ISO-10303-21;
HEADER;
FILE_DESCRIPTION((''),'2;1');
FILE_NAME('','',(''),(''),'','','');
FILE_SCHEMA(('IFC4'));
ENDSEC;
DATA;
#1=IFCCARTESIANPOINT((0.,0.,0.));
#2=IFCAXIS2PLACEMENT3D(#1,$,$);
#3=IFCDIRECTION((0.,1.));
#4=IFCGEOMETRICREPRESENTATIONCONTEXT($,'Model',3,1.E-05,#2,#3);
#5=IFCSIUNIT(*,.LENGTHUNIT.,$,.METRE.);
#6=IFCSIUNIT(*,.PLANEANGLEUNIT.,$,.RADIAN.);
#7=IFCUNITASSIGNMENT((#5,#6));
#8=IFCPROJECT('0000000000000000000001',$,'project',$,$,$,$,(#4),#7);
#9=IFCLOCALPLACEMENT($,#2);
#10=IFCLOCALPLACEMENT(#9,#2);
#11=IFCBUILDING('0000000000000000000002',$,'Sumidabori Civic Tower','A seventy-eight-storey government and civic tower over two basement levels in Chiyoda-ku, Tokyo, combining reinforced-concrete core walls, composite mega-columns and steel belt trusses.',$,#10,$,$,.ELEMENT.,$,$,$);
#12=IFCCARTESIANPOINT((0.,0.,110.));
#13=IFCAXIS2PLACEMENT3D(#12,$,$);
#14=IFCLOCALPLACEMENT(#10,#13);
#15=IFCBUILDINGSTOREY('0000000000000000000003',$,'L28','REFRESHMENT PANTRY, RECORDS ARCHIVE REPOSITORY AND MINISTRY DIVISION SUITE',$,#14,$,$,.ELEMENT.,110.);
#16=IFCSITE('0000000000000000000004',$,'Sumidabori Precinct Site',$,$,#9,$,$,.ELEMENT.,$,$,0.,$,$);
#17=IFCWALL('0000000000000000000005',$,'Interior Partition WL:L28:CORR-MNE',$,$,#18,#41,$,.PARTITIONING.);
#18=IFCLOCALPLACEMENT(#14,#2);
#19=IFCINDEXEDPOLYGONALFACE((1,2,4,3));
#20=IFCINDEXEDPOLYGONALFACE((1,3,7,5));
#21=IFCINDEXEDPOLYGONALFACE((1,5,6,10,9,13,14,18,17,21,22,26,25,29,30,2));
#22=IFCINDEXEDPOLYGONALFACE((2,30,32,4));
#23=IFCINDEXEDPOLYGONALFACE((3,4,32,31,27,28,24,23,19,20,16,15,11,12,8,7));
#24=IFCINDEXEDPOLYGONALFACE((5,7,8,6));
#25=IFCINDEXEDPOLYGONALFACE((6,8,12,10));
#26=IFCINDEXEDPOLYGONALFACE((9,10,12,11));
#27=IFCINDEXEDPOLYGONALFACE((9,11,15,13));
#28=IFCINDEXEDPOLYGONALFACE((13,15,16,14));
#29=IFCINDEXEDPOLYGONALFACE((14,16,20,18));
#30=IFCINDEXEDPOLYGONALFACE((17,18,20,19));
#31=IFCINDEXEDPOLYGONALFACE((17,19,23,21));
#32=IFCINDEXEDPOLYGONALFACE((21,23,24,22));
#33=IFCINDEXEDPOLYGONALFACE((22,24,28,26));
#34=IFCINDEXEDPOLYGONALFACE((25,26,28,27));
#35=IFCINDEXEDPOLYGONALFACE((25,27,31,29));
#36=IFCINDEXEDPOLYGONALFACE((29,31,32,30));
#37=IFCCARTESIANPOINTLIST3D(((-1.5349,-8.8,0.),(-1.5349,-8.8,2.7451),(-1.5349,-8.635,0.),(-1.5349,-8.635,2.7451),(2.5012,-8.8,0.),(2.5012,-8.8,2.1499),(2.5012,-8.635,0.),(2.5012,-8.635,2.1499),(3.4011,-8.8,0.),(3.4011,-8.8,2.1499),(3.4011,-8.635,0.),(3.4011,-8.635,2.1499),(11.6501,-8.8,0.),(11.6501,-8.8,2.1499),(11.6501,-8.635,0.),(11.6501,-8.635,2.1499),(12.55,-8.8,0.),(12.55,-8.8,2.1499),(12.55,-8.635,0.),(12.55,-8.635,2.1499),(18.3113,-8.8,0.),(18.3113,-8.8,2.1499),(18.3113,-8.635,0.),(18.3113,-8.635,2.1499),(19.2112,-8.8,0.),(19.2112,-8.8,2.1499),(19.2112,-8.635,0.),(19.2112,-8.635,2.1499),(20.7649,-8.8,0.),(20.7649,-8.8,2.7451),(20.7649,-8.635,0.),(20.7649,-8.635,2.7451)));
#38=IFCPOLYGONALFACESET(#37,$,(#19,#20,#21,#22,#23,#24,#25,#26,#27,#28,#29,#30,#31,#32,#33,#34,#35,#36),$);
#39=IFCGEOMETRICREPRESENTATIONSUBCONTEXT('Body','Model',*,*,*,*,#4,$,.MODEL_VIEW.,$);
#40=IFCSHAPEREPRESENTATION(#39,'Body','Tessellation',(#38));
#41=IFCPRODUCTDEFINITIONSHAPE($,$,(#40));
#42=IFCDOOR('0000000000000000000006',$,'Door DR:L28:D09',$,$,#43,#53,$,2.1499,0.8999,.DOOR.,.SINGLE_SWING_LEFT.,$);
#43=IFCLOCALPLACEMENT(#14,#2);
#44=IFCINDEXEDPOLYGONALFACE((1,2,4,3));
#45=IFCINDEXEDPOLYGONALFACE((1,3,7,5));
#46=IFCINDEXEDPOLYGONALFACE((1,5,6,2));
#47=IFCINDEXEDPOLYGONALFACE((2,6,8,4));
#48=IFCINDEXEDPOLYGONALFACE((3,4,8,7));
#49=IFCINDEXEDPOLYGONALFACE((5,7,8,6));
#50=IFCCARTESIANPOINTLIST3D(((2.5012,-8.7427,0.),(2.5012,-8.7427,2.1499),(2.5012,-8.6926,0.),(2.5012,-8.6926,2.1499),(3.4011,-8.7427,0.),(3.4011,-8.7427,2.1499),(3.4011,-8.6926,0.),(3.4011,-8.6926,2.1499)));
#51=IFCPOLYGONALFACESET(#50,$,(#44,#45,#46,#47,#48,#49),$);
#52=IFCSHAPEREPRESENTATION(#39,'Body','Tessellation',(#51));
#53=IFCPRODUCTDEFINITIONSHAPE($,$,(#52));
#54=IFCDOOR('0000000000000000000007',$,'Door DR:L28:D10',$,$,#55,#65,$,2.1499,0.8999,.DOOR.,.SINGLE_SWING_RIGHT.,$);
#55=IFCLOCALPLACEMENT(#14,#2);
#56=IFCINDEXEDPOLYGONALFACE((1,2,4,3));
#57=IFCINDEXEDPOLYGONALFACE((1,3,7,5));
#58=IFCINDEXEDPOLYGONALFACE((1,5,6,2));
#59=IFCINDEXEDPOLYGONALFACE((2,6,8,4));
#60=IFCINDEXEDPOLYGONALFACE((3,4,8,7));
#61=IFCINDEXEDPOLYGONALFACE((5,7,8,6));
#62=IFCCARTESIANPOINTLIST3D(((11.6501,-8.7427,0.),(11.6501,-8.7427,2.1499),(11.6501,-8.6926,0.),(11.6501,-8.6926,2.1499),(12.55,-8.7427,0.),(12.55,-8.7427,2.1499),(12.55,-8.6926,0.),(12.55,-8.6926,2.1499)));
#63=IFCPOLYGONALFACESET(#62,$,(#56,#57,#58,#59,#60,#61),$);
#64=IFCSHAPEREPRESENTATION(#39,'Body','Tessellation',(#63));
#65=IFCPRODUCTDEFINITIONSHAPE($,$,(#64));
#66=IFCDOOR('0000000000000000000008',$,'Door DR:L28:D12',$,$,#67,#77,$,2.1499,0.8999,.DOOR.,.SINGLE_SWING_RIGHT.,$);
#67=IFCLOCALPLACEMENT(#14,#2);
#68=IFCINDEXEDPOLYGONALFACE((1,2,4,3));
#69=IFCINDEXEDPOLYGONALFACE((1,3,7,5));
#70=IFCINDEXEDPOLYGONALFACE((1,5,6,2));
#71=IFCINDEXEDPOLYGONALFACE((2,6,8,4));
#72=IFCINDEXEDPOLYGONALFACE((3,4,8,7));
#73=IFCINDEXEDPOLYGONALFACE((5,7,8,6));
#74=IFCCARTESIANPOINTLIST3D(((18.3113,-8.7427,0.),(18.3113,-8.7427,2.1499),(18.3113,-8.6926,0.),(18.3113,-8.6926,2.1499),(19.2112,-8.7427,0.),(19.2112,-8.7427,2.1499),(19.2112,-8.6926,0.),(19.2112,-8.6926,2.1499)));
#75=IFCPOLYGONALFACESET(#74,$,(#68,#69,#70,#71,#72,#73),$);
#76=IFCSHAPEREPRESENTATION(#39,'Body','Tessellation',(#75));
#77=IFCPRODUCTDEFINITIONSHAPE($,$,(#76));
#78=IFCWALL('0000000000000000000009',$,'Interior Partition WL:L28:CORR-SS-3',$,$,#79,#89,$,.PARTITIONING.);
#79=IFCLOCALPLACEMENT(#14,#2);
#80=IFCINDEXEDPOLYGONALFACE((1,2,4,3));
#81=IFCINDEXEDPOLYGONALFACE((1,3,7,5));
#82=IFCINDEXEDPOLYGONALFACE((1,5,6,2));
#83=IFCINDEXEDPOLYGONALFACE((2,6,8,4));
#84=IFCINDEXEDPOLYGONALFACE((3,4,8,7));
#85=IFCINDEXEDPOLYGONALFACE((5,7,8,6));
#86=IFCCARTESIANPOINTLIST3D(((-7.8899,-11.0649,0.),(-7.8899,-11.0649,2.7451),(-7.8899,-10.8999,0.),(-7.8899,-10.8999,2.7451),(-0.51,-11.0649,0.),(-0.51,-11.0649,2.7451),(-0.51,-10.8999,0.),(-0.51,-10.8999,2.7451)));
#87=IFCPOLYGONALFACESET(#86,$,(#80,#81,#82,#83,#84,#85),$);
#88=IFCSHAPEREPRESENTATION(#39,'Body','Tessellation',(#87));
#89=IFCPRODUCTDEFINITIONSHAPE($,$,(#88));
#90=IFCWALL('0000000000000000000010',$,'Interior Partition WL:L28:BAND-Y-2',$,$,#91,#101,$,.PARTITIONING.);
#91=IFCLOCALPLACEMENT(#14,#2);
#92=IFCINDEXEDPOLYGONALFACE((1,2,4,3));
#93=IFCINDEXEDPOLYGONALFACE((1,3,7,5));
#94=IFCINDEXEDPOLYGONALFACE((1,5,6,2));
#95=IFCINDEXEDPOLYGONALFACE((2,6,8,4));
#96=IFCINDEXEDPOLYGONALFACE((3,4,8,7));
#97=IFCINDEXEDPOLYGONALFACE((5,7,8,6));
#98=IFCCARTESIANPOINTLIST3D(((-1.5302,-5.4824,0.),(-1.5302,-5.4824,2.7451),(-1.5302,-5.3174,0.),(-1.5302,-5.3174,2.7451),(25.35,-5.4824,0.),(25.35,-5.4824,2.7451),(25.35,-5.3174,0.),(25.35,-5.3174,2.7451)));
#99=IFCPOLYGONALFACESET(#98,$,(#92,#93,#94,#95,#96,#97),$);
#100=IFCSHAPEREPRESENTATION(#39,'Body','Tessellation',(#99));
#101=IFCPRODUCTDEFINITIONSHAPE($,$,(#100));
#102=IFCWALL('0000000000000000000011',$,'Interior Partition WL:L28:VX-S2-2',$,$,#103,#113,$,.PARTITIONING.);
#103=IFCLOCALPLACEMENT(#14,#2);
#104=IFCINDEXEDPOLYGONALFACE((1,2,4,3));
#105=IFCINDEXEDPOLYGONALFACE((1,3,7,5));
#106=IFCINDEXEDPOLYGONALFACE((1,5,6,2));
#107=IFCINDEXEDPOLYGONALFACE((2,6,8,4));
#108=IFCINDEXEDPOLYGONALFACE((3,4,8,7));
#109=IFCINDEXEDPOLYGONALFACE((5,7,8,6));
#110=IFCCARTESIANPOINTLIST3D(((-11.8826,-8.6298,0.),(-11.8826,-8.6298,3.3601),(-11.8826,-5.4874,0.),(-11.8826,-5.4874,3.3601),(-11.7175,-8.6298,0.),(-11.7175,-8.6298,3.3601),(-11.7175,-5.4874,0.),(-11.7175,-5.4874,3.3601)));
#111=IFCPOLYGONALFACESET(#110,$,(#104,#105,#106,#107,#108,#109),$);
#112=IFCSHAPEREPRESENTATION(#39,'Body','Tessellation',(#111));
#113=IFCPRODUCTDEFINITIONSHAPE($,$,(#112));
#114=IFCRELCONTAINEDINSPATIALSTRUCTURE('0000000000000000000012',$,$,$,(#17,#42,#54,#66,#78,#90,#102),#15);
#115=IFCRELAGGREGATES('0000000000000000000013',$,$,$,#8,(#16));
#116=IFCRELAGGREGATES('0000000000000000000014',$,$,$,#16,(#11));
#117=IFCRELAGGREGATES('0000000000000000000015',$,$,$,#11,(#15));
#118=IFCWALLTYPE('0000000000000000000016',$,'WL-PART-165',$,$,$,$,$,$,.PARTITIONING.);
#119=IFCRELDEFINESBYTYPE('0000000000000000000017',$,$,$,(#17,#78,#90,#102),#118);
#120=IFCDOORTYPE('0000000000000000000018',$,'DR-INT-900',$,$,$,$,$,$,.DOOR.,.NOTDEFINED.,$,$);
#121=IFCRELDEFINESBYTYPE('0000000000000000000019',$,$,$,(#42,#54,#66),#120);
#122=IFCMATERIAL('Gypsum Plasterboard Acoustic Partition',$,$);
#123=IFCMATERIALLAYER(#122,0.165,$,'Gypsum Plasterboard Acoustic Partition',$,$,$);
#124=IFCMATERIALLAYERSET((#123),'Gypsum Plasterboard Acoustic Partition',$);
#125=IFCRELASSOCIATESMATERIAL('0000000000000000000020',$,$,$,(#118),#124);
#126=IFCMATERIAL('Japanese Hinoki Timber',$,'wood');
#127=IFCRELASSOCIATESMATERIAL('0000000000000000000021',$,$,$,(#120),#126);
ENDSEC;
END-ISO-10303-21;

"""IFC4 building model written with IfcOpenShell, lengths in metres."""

from ifc_helpers import new_model, si_unit, direction, frame, frame_2d, origin, place, context, subcontext, project, spatial, rectangle, extrude, source, transform, mapped, material, layer, layer_set, type_object, element, fill, save


model = new_model("IFC4")

# Units and contexts
model_context = context("Model", 3, precision=1e-05, world=origin(), true_north=direction((0.0, 1.0)))
body_context = subcontext(model_context, "Body", "Model", "MODEL_VIEW")
ifc_project = project(units=[si_unit("LENGTHUNIT", "METRE"), si_unit("PLANEANGLEUNIT", "RADIAN")], contexts=[model_context])

# Site, building, storey
site_placement = place(None, origin())
site = spatial("IfcSite", under=ifc_project, at=site_placement, Name="Sumidabori Precinct Site", CompositionType="ELEMENT", RefElevation=0.0)
building_placement = place(site_placement, origin())
building = spatial("IfcBuilding", under=site, at=building_placement, Name="Sumidabori Civic Tower", Description="A seventy-eight-storey government and civic tower over two basement levels in Chiyoda-ku, Tokyo, combining reinforced-concrete core walls, composite mega-columns and steel belt trusses.", CompositionType="ELEMENT")
storey_placement = place(building_placement, frame((0.0, 0.0, 110.0)))
storey = spatial("IfcBuildingStorey", under=building, at=storey_placement, Name="L28", Description="REFRESHMENT PANTRY, RECORDS ARCHIVE REPOSITORY AND MINISTRY DIVISION SUITE", CompositionType="ELEMENT", Elevation=110.0)

# Shared definitions
ifc_material_1 = material(Name="Gypsum Plasterboard Acoustic Partition")
ifc_layer = layer(ifc_material_1, 0.165, Name="Gypsum Plasterboard Acoustic Partition")
ifc_layer_set = layer_set([ifc_layer], Name="Gypsum Plasterboard Acoustic Partition")
wall_type = type_object("IfcWallType", Name="WL-PART-165", PredefinedType="PARTITIONING", material=ifc_layer_set)

# Wall, openings, doors
shared_shape_1 = source(origin(), body_context, "Body", "SweptSolid", [
    extrude(rectangle(XDim=22.2998, YDim=0.165, at=frame_2d((11.1499, 0.0))), origin(), (0.0, 0.0, 1.0), 2.7451),
])
wall_1_placement = place(storey_placement, frame((-1.5349, -8.7175, 0.0), z_axis=(0.0, 0.0, 1.0), x_axis=(1.0, 0.0, 0.0)))
wall_1 = element("IfcWall", 1, at=wall_1_placement, inside=storey, type_object=wall_type, Name="Interior Partition WL:L28:CORR-MNE", PredefinedType="PARTITIONING", context=body_context, shape_type="MappedRepresentation", body=[
    mapped(shared_shape_1, transform((0.0, 0.0, 0.0), x_axis=(1.0, 0.0, 0.0), y_axis=(0.0, 1.0, 0.0), z_axis=(0.0, 0.0, 1.0), scale=1.0)),
])
opening_1_placement = place(wall_1_placement, frame((4.0361, 0.0, 0.0)))
opening_1 = element("IfcOpeningElement", 2, at=opening_1_placement, cuts=wall_1, PredefinedType="OPENING", context=body_context, shape_type="SweptSolid", body=[
    extrude(rectangle(XDim=0.8999, YDim=2.1499, at=frame_2d((0.45, 1.075))), frame((0.0, 0.0945, 0.0), z_axis=(0.0, -1.0, 0.0), x_axis=(1.0, 0.0, 0.0)), (0.0, 0.0, 1.0), 0.189),
])
opening_2_placement = place(wall_1_placement, frame((13.1851, 0.0, 0.0)))
opening_2 = element("IfcOpeningElement", 3, at=opening_2_placement, cuts=wall_1, PredefinedType="OPENING", context=body_context, shape_type="SweptSolid", body=[
    extrude(rectangle(XDim=0.8999, YDim=2.1499, at=frame_2d((0.45, 1.075))), frame((0.0, 0.0945, 0.0), z_axis=(0.0, -1.0, 0.0), x_axis=(1.0, 0.0, 0.0)), (0.0, 0.0, 1.0), 0.189),
])
opening_3_placement = place(wall_1_placement, frame((19.8462, 0.0, 0.0)))
opening_3 = element("IfcOpeningElement", 4, at=opening_3_placement, cuts=wall_1, PredefinedType="OPENING", context=body_context, shape_type="SweptSolid", body=[
    extrude(rectangle(XDim=0.8999, YDim=2.1499, at=frame_2d((0.45, 1.075))), frame((0.0, 0.0945, 0.0), z_axis=(0.0, -1.0, 0.0), x_axis=(1.0, 0.0, 0.0)), (0.0, 0.0, 1.0), 0.189),
])
ifc_material_2 = material(Name="Japanese Hinoki Timber", Category="wood")
door_type = type_object("IfcDoorType", Name="DR-INT-900", OperationType="NOTDEFINED", PredefinedType="DOOR", material=ifc_material_2)
shared_shape_2 = source(origin(), body_context, "Body", "SweptSolid", [
    extrude(rectangle(XDim=0.8999, YDim=2.1499, at=frame_2d((0.45, 1.075))), frame((0.0, 0.0249, 0.0), z_axis=(0.0, -1.0, 0.0), x_axis=(1.0, 0.0, 0.0)), (0.0, 0.0, 1.0), 0.05),
])
door_1_placement = place(opening_1_placement, origin())
door_1 = element("IfcDoor", 5, at=door_1_placement, inside=storey, type_object=door_type, Name="Door DR:L28:D09", OperationType="SINGLE_SWING_LEFT", OverallHeight=2.1499, OverallWidth=0.8999, PredefinedType="DOOR", context=body_context, shape_type="MappedRepresentation", body=[
    mapped(shared_shape_2, transform((0.0, 0.0, 0.0), x_axis=(1.0, 0.0, 0.0), y_axis=(0.0, 1.0, 0.0), z_axis=(0.0, 0.0, 1.0), scale=1.0)),
])
fill(opening_1, door_1)
door_2_placement = place(opening_2_placement, origin())
door_2 = element("IfcDoor", 6, at=door_2_placement, inside=storey, type_object=door_type, Name="Door DR:L28:D10", OperationType="SINGLE_SWING_RIGHT", OverallHeight=2.1499, OverallWidth=0.8999, PredefinedType="DOOR", context=body_context, shape_type="MappedRepresentation", body=[
    mapped(shared_shape_2, transform((0.0, 0.0, 0.0), x_axis=(1.0, 0.0, 0.0), y_axis=(0.0, 1.0, 0.0), z_axis=(0.0, 0.0, 1.0), scale=1.0)),
])
fill(opening_2, door_2)
door_3_placement = place(opening_3_placement, origin())
door_3 = element("IfcDoor", 7, at=door_3_placement, inside=storey, type_object=door_type, Name="Door DR:L28:D12", OperationType="SINGLE_SWING_RIGHT", OverallHeight=2.1499, OverallWidth=0.8999, PredefinedType="DOOR", context=body_context, shape_type="MappedRepresentation", body=[
    mapped(shared_shape_2, transform((0.0, 0.0, 0.0), x_axis=(1.0, 0.0, 0.0), y_axis=(0.0, 1.0, 0.0), z_axis=(0.0, 0.0, 1.0), scale=1.0)),
])
fill(opening_3, door_3)

# Walls
shared_shape_3 = source(origin(), body_context, "Body", "SweptSolid", [
    extrude(rectangle(XDim=7.3799, YDim=0.165, at=frame_2d((3.6899, 0.0))), origin(), (0.0, 0.0, 1.0), 2.7451),
])
wall_2_placement = place(storey_placement, frame((-7.8899, -10.9824, 0.0), z_axis=(0.0, 0.0, 1.0), x_axis=(1.0, 0.0, 0.0)))
element("IfcWall", 8, at=wall_2_placement, inside=storey, type_object=wall_type, Name="Interior Partition WL:L28:CORR-SS-3", PredefinedType="PARTITIONING", context=body_context, shape_type="MappedRepresentation", body=[
    mapped(shared_shape_3, transform((0.0, 0.0, 0.0), x_axis=(1.0, 0.0, 0.0), y_axis=(0.0, 1.0, 0.0), z_axis=(0.0, 0.0, 1.0), scale=1.0)),
])
shared_shape_4 = source(origin(), body_context, "Body", "SweptSolid", [
    extrude(rectangle(XDim=26.8801, YDim=0.165, at=frame_2d((13.4399, 0.0))), origin(), (0.0, 0.0, 1.0), 2.7451),
])
wall_3_placement = place(storey_placement, frame((-1.53, -5.3999, 0.0), z_axis=(0.0, 0.0, 1.0), x_axis=(1.0, 0.0, 0.0)))
element("IfcWall", 9, at=wall_3_placement, inside=storey, type_object=wall_type, Name="Interior Partition WL:L28:BAND-Y-2", PredefinedType="PARTITIONING", context=body_context, shape_type="MappedRepresentation", body=[
    mapped(shared_shape_4, transform((0.0, 0.0, 0.0), x_axis=(1.0, 0.0, 0.0), y_axis=(0.0, 1.0, 0.0), z_axis=(0.0, 0.0, 1.0), scale=1.0)),
])
shared_shape_5 = source(origin(), body_context, "Body", "SweptSolid", [
    extrude(rectangle(XDim=3.1423, YDim=0.165, at=frame_2d((1.5713, 0.0))), origin(), (0.0, 0.0, 1.0), 3.3601),
])
wall_4_placement = place(storey_placement, frame((-11.8, -8.6299, 0.0), z_axis=(0.0, 0.0, 1.0), x_axis=(0.0, 1.0, 0.0)))
element("IfcWall", 10, at=wall_4_placement, inside=storey, type_object=wall_type, Name="Interior Partition WL:L28:VX-S2-2", PredefinedType="PARTITIONING", context=body_context, shape_type="MappedRepresentation", body=[
    mapped(shared_shape_5, transform((0.0, 0.0, 0.0), x_axis=(1.0, 0.0, 0.0), y_axis=(0.0, 1.0, 0.0), z_axis=(0.0, 0.0, 1.0), scale=1.0)),
])

save(model, "model.ifc")
